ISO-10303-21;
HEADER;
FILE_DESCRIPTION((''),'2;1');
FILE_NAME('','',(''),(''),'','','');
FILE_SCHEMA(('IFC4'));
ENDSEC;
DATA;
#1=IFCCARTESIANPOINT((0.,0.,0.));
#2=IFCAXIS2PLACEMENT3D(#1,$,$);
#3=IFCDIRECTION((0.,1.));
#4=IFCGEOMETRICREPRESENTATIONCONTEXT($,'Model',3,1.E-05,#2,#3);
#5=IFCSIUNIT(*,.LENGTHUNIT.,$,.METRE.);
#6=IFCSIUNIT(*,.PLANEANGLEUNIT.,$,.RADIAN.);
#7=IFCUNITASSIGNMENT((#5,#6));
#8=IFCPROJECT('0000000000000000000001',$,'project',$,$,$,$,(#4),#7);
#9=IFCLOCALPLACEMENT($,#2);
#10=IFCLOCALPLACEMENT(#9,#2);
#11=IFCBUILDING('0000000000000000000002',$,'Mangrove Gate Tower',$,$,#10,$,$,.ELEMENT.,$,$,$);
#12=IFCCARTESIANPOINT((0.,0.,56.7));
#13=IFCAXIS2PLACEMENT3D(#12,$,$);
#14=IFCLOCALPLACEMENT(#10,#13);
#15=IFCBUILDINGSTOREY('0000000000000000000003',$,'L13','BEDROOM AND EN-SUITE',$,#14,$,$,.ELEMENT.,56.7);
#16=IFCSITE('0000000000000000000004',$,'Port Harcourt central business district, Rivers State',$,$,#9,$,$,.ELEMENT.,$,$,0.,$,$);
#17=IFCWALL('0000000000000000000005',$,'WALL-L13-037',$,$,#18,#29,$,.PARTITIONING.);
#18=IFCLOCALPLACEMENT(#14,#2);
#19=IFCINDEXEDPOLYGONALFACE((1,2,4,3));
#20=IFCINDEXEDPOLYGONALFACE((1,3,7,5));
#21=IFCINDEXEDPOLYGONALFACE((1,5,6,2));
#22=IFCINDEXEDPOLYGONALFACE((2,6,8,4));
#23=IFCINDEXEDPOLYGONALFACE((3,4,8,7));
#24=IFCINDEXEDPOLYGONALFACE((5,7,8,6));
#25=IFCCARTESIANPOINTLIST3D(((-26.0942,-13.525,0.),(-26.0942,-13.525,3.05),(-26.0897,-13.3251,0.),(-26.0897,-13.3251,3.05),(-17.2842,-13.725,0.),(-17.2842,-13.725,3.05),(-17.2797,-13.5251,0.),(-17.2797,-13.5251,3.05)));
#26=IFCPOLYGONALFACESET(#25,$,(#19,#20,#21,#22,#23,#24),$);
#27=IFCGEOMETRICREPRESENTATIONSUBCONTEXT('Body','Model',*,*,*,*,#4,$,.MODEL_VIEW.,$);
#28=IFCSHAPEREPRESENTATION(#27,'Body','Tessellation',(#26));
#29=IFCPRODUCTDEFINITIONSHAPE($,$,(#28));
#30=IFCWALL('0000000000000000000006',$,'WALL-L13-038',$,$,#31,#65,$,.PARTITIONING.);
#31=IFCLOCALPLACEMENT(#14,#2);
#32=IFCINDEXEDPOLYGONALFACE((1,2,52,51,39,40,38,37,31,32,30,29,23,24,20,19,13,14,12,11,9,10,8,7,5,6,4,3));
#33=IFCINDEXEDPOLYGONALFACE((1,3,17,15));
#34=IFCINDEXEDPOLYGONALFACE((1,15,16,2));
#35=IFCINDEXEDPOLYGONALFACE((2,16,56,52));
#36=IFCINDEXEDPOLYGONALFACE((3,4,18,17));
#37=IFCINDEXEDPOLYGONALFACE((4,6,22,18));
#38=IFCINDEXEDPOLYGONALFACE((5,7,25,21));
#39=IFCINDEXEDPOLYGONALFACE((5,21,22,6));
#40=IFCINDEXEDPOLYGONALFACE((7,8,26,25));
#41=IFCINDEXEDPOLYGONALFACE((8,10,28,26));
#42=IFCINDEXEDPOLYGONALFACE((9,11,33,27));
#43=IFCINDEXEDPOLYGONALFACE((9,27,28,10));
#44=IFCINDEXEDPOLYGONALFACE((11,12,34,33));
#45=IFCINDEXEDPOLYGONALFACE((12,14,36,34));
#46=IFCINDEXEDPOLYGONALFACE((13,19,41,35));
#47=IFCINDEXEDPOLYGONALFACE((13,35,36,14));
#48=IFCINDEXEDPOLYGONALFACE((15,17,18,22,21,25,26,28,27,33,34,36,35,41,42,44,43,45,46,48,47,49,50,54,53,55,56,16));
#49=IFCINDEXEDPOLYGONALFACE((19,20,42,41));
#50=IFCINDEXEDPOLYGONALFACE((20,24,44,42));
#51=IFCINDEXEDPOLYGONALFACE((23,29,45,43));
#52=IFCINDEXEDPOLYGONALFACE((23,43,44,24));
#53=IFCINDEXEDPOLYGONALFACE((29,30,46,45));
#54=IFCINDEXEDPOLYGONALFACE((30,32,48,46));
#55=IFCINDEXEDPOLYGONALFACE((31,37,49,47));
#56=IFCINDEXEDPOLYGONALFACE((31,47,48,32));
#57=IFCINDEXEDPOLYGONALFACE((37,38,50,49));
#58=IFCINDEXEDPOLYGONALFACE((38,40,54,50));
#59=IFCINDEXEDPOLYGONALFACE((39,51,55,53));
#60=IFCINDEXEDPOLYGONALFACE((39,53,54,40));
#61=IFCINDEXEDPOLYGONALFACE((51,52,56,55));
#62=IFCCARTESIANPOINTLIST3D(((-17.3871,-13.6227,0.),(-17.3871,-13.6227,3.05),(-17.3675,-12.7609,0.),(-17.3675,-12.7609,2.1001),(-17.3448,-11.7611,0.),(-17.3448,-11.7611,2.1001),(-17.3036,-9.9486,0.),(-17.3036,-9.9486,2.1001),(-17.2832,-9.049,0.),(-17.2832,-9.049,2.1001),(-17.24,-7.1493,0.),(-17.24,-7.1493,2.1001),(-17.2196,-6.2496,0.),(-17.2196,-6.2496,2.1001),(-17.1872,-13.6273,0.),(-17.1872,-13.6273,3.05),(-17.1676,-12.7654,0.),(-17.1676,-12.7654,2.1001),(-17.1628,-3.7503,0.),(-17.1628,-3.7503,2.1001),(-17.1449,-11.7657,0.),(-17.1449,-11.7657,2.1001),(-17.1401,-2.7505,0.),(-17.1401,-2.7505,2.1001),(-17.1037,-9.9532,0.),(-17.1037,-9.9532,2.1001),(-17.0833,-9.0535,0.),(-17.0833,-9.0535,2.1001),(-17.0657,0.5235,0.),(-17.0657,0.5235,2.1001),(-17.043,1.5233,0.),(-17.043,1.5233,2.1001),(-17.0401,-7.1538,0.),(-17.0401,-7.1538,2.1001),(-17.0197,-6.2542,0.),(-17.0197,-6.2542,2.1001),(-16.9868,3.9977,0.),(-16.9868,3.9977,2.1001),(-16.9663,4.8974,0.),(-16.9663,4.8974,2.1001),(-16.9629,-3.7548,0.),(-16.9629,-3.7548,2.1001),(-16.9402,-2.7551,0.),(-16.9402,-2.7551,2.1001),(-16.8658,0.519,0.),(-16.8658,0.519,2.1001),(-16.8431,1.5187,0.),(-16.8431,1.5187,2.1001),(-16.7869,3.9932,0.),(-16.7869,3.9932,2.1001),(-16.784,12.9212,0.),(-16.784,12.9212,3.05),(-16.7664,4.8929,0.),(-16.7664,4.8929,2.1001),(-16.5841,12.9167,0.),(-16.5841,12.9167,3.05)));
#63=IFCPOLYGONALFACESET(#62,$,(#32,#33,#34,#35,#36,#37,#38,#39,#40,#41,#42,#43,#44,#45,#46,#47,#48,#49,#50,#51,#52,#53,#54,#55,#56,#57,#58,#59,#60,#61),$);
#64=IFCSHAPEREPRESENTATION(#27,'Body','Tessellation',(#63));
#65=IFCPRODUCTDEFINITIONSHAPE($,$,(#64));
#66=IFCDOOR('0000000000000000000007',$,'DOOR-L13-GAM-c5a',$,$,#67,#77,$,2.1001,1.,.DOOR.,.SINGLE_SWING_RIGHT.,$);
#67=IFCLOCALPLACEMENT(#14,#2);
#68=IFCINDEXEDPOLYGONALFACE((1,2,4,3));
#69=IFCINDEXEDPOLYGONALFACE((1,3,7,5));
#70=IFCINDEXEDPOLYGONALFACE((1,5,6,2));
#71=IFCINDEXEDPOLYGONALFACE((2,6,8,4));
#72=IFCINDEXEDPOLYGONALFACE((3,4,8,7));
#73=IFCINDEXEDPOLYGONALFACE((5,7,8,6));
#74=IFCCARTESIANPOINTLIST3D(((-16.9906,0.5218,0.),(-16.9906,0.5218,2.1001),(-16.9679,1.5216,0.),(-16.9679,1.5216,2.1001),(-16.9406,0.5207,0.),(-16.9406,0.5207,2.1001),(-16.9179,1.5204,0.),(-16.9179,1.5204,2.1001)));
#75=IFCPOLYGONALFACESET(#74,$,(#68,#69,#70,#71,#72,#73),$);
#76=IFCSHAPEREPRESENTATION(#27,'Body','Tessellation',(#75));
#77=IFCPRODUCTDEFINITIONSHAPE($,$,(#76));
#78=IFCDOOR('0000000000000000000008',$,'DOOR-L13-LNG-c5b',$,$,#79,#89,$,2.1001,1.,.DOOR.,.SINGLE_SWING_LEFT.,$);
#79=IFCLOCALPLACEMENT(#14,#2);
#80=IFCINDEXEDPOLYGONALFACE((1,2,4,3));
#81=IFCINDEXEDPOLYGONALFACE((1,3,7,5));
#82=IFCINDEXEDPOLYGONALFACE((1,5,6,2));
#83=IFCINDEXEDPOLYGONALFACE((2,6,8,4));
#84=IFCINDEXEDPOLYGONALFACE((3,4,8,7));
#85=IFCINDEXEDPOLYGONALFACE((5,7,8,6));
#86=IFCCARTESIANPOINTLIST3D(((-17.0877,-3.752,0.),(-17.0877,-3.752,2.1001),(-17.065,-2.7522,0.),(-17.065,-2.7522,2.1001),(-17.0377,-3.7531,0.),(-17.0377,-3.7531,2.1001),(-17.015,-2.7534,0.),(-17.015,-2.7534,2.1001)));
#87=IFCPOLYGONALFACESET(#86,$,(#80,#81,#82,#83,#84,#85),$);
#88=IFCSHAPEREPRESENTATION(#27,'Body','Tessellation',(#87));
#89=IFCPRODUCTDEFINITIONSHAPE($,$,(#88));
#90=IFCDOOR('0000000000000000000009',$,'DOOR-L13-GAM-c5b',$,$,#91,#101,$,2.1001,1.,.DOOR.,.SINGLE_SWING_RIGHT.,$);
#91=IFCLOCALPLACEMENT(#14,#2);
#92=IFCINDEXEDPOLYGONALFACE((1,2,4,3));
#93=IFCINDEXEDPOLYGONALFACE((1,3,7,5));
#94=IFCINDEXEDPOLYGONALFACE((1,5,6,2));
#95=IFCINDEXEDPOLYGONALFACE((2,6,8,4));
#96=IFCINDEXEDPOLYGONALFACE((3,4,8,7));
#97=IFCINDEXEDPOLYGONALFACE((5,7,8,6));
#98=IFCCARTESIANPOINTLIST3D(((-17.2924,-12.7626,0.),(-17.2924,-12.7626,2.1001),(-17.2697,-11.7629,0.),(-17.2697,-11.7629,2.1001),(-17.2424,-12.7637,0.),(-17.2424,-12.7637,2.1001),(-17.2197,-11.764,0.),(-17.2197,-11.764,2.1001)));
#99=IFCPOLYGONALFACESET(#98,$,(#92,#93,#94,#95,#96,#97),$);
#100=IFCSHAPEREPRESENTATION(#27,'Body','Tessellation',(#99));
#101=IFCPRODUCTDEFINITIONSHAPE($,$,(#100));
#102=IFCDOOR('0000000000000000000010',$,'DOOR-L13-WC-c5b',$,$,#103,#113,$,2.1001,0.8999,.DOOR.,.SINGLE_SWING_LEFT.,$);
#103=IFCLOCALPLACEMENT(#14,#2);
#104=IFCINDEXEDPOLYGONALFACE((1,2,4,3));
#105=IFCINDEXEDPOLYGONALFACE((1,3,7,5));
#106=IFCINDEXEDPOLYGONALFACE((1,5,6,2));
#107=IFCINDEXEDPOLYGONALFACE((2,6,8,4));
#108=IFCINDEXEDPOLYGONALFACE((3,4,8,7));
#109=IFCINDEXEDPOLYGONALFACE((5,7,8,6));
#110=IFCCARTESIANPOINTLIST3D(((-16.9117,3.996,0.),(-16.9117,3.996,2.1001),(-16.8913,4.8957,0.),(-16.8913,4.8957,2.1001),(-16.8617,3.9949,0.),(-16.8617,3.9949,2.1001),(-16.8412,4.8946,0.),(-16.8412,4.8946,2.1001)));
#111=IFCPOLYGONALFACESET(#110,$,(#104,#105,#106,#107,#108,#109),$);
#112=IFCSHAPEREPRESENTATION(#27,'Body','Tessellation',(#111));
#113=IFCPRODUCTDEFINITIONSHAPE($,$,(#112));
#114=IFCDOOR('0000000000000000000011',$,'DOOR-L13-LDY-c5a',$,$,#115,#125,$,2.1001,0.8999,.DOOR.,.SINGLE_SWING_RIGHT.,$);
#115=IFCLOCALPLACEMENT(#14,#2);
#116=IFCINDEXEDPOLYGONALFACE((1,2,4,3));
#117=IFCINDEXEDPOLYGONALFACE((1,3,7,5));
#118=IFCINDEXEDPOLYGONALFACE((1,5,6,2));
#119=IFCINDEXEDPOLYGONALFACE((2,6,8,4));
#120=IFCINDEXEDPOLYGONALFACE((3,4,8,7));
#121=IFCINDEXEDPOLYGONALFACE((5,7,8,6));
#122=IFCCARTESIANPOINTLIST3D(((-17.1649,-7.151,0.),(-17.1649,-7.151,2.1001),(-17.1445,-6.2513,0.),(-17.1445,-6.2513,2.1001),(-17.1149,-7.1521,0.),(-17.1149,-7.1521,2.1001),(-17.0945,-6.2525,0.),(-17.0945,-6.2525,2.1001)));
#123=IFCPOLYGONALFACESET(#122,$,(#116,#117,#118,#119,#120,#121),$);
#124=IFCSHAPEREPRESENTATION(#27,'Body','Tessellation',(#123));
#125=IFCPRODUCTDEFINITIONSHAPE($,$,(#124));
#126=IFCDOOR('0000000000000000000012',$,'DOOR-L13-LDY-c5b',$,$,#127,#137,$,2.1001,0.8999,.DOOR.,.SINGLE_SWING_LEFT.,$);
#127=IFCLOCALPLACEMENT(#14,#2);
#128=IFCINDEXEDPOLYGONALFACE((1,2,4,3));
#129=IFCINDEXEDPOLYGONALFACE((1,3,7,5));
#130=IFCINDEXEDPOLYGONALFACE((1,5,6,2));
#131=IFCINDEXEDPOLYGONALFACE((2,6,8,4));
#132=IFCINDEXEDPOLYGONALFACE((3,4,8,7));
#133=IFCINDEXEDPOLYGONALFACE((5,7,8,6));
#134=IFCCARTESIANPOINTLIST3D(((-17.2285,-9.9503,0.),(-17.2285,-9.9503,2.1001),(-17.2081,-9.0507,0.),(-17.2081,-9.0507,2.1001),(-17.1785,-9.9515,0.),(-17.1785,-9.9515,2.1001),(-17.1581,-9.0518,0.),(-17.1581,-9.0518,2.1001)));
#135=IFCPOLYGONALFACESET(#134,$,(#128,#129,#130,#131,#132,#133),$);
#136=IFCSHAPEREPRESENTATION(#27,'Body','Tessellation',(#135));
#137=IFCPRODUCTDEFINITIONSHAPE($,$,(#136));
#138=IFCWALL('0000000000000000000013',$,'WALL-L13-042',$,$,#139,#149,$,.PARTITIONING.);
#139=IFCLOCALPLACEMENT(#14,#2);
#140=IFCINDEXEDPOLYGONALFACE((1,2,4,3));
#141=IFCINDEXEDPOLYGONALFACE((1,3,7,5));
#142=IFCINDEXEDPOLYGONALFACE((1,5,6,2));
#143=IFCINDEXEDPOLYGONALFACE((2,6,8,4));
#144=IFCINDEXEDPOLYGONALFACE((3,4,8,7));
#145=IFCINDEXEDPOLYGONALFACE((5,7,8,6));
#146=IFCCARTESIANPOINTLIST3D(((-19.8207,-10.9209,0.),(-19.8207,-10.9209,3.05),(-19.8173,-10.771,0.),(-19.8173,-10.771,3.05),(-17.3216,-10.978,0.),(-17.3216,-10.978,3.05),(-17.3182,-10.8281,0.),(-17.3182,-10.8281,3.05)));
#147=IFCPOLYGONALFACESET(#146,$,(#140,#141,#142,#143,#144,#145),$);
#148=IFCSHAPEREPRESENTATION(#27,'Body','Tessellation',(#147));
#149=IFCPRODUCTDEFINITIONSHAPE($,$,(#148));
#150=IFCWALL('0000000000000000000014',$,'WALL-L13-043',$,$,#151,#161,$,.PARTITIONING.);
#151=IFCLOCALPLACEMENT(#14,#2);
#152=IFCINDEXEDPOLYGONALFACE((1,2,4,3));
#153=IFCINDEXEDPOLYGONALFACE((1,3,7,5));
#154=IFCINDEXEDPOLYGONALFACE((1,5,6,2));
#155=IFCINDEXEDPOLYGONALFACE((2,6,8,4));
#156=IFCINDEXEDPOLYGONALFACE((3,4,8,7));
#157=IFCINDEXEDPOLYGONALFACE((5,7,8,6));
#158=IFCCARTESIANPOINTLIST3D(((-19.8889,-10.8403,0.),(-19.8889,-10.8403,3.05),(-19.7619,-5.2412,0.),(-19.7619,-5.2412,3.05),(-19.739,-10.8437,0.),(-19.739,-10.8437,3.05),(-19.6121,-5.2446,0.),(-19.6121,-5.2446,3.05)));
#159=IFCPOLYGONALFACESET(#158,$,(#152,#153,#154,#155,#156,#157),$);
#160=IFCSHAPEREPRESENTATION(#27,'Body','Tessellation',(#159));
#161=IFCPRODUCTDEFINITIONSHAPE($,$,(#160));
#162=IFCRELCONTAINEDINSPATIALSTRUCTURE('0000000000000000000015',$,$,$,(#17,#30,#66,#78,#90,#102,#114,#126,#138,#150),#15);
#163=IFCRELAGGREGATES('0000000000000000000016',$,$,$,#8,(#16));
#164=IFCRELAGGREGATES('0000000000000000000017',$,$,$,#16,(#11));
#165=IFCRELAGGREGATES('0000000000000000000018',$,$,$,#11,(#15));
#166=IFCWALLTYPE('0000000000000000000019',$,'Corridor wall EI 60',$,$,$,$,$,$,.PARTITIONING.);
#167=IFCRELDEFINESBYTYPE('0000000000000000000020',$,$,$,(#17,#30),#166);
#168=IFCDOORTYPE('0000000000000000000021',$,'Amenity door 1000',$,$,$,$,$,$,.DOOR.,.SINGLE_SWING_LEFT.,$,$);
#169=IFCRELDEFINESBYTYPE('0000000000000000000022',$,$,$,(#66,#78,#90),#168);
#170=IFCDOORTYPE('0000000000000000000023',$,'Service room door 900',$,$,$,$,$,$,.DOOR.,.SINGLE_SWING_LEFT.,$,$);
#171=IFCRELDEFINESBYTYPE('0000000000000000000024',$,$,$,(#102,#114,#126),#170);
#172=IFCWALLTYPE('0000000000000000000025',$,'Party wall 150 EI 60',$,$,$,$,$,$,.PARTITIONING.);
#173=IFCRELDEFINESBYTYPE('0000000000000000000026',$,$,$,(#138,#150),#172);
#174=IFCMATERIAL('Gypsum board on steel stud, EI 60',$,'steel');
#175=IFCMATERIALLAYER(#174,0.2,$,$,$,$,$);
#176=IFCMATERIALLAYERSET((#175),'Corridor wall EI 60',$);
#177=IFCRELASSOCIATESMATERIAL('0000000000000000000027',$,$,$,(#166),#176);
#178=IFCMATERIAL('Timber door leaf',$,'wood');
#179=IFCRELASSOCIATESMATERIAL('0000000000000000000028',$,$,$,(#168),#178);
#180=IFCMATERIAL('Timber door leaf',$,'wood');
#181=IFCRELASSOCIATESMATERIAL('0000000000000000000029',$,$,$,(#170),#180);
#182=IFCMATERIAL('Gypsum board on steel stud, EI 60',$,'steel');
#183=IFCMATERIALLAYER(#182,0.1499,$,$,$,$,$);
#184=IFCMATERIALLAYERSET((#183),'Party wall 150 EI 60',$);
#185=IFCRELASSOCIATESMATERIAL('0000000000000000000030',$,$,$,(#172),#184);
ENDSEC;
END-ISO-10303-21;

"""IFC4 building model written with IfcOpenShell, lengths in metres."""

from ifc_helpers import new_model, si_unit, direction, frame, frame_2d, origin, place, context, subcontext, project, spatial, rectangle, extrude, material, layer, layer_set, type_object, element, fill, save


model = new_model("IFC4")

# Units and contexts
model_context = context("Model", 3, precision=1e-05, world=origin(), true_north=direction((0.0, 1.0)))
body_context = subcontext(model_context, "Body", "Model", "MODEL_VIEW")
ifc_project = project(units=[si_unit("LENGTHUNIT", "METRE"), si_unit("PLANEANGLEUNIT", "RADIAN")], contexts=[model_context])

# Site, building, storey
site_placement = place(None, origin())
site = spatial("IfcSite", under=ifc_project, at=site_placement, Name="Port Harcourt central business district, Rivers State", CompositionType="ELEMENT", RefElevation=0.0)
building_placement = place(site_placement, origin())
building = spatial("IfcBuilding", under=site, at=building_placement, Name="Mangrove Gate Tower", CompositionType="ELEMENT")
storey_placement = place(building_placement, frame((0.0, 0.0, 56.7)))
storey = spatial("IfcBuildingStorey", under=building, at=storey_placement, Name="L13", Description="BEDROOM AND EN-SUITE", CompositionType="ELEMENT", Elevation=56.7)

# Wall
ifc_material_1 = material(Name="Gypsum board on steel stud, EI 60", Category="steel")
ifc_layer_1 = layer(ifc_material_1, 0.2)
ifc_layer_set_1 = layer_set([ifc_layer_1], Name="Corridor wall EI 60")
wall_type_1 = type_object("IfcWallType", Name="Corridor wall EI 60", PredefinedType="PARTITIONING", material=ifc_layer_set_1)
wall_1_placement = place(storey_placement, frame((-26.092, -13.425, 0.0), z_axis=(0.0, 0.0, 1.0), x_axis=(0.999743, -0.02269, 0.0)))
element("IfcWall", 1, at=wall_1_placement, inside=storey, type_object=wall_type_1, Name="WALL-L13-037", PredefinedType="PARTITIONING", context=body_context, shape_type="SweptSolid", body=[
    extrude(rectangle(XDim=8.8123, YDim=0.2, at=frame_2d((4.4062, 0.0))), origin(), (0.0, 0.0, 1.0), 3.05),
])

# Wall, openings, doors
wall_2_placement = place(storey_placement, frame((-17.2871, -13.625, 0.0), z_axis=(0.0, 0.0, 1.0), x_axis=(0.022712, 0.999742, 0.0)))
wall_2 = element("IfcWall", 2, at=wall_2_placement, inside=storey, type_object=wall_type_1, Name="WALL-L13-038", PredefinedType="PARTITIONING", context=body_context, shape_type="SweptSolid", body=[
    extrude(rectangle(XDim=26.5508, YDim=0.2, at=frame_2d((13.2754, 0.0))), origin(), (0.0, 0.0, 1.0), 3.05),
])
opening_1_placement = place(wall_2_placement, frame((14.1499, 0.0, 0.0)))
opening_1 = element("IfcOpeningElement", 3, at=opening_1_placement, cuts=wall_2, PredefinedType="OPENING", context=body_context, shape_type="SweptSolid", body=[
    extrude(rectangle(XDim=1.0, YDim=2.1001, at=frame_2d((0.5, 1.05))), frame((0.0, 0.1099, 0.0), z_axis=(0.0, -1.0, 0.0), x_axis=(1.0, 0.0, 0.0)), (0.0, 0.0, 1.0), 0.22),
])
opening_2_placement = place(wall_2_placement, frame((17.625, 0.0, 0.0)))
opening_2 = element("IfcOpeningElement", 4, at=opening_2_placement, cuts=wall_2, PredefinedType="OPENING", context=body_context, shape_type="SweptSolid", body=[
    extrude(rectangle(XDim=0.8999, YDim=2.1001, at=frame_2d((0.45, 1.05))), frame((0.0, 0.1099, 0.0), z_axis=(0.0, -1.0, 0.0), x_axis=(1.0, 0.0, 0.0)), (0.0, 0.0, 1.0), 0.22),
])
opening_3_placement = place(wall_2_placement, frame((9.875, 0.0, 0.0)))
opening_3 = element("IfcOpeningElement", 5, at=opening_3_placement, cuts=wall_2, PredefinedType="OPENING", context=body_context, shape_type="SweptSolid", body=[
    extrude(rectangle(XDim=1.0, YDim=2.1001, at=frame_2d((0.5, 1.05))), frame((0.0, 0.1099, 0.0), z_axis=(0.0, -1.0, 0.0), x_axis=(1.0, 0.0, 0.0)), (0.0, 0.0, 1.0), 0.22),
])
opening_4_placement = place(wall_2_placement, frame((6.4751, 0.0, 0.0)))
opening_4 = element("IfcOpeningElement", 6, at=opening_4_placement, cuts=wall_2, PredefinedType="OPENING", context=body_context, shape_type="SweptSolid", body=[
    extrude(rectangle(XDim=0.8999, YDim=2.1001, at=frame_2d((0.45, 1.05))), frame((0.0, 0.1099, 0.0), z_axis=(0.0, -1.0, 0.0), x_axis=(1.0, 0.0, 0.0)), (0.0, 0.0, 1.0), 0.22),
])
opening_5_placement = place(wall_2_placement, frame((0.8621, 0.0, 0.0)))
opening_5 = element("IfcOpeningElement", 7, at=opening_5_placement, cuts=wall_2, PredefinedType="OPENING", context=body_context, shape_type="SweptSolid", body=[
    extrude(rectangle(XDim=1.0, YDim=2.1001, at=frame_2d((0.5, 1.05))), frame((0.0, 0.1099, 0.0), z_axis=(0.0, -1.0, 0.0), x_axis=(1.0, 0.0, 0.0)), (0.0, 0.0, 1.0), 0.22),
])
opening_6_placement = place(wall_2_placement, frame((3.675, 0.0, 0.0)))
opening_6 = element("IfcOpeningElement", 8, at=opening_6_placement, cuts=wall_2, PredefinedType="OPENING", context=body_context, shape_type="SweptSolid", body=[
    extrude(rectangle(XDim=0.8999, YDim=2.1001, at=frame_2d((0.45, 1.05))), frame((0.0, 0.1099, 0.0), z_axis=(0.0, -1.0, 0.0), x_axis=(1.0, 0.0, 0.0)), (0.0, 0.0, 1.0), 0.22),
])
ifc_material_2 = material(Name="Timber door leaf", Category="wood")
door_type_1 = type_object("IfcDoorType", Name="Amenity door 1000", OperationType="SINGLE_SWING_LEFT", PredefinedType="DOOR", material=ifc_material_2)
door_1_placement = place(opening_1_placement, origin())
door_1 = element("IfcDoor", 9, at=door_1_placement, inside=storey, type_object=door_type_1, Name="DOOR-L13-GAM-c5a", OperationType="SINGLE_SWING_RIGHT", OverallHeight=2.1001, OverallWidth=1.0, PredefinedType="DOOR", context=body_context, shape_type="SweptSolid", body=[
    extrude(rectangle(XDim=1.0, YDim=2.1001, at=frame_2d((0.5, 1.05))), frame((0.0, 0.0249, 0.0), z_axis=(0.0, -1.0, 0.0), x_axis=(1.0, 0.0, 0.0)), (0.0, 0.0, 1.0), 0.05),
])
fill(opening_1, door_1)
door_2_placement = place(opening_3_placement, origin())
door_2 = element("IfcDoor", 10, at=door_2_placement, inside=storey, type_object=door_type_1, Name="DOOR-L13-LNG-c5b", OperationType="SINGLE_SWING_LEFT", OverallHeight=2.1001, OverallWidth=1.0, PredefinedType="DOOR", context=body_context, shape_type="SweptSolid", body=[
    extrude(rectangle(XDim=1.0, YDim=2.1001, at=frame_2d((0.5, 1.05))), frame((0.0, 0.0249, 0.0), z_axis=(0.0, -1.0, 0.0), x_axis=(1.0, 0.0, 0.0)), (0.0, 0.0, 1.0), 0.05),
])
fill(opening_3, door_2)
door_3_placement = place(opening_5_placement, origin())
door_3 = element("IfcDoor", 11, at=door_3_placement, inside=storey, type_object=door_type_1, Name="DOOR-L13-GAM-c5b", OperationType="SINGLE_SWING_RIGHT", OverallHeight=2.1001, OverallWidth=1.0, PredefinedType="DOOR", context=body_context, shape_type="SweptSolid", body=[
    extrude(rectangle(XDim=1.0, YDim=2.1001, at=frame_2d((0.5, 1.05))), frame((0.0, 0.0249, 0.0), z_axis=(0.0, -1.0, 0.0), x_axis=(1.0, 0.0, 0.0)), (0.0, 0.0, 1.0), 0.05),
])
fill(opening_5, door_3)
ifc_material_3 = material(Name="Timber door leaf", Category="wood")
door_type_2 = type_object("IfcDoorType", Name="Service room door 900", OperationType="SINGLE_SWING_LEFT", PredefinedType="DOOR", material=ifc_material_3)
door_4_placement = place(opening_2_placement, origin())
door_4 = element("IfcDoor", 12, at=door_4_placement, inside=storey, type_object=door_type_2, Name="DOOR-L13-WC-c5b", OperationType="SINGLE_SWING_LEFT", OverallHeight=2.1001, OverallWidth=0.8999, PredefinedType="DOOR", context=body_context, shape_type="SweptSolid", body=[
    extrude(rectangle(XDim=0.8999, YDim=2.1001, at=frame_2d((0.45, 1.05))), frame((0.0, 0.0249, 0.0), z_axis=(0.0, -1.0, 0.0), x_axis=(1.0, 0.0, 0.0)), (0.0, 0.0, 1.0), 0.05),
])
fill(opening_2, door_4)
door_5_placement = place(opening_4_placement, origin())
door_5 = element("IfcDoor", 13, at=door_5_placement, inside=storey, type_object=door_type_2, Name="DOOR-L13-LDY-c5a", OperationType="SINGLE_SWING_RIGHT", OverallHeight=2.1001, OverallWidth=0.8999, PredefinedType="DOOR", context=body_context, shape_type="SweptSolid", body=[
    extrude(rectangle(XDim=0.8999, YDim=2.1001, at=frame_2d((0.45, 1.05))), frame((0.0, 0.0249, 0.0), z_axis=(0.0, -1.0, 0.0), x_axis=(1.0, 0.0, 0.0)), (0.0, 0.0, 1.0), 0.05),
])
fill(opening_4, door_5)
door_6_placement = place(opening_6_placement, origin())
door_6 = element("IfcDoor", 14, at=door_6_placement, inside=storey, type_object=door_type_2, Name="DOOR-L13-LDY-c5b", OperationType="SINGLE_SWING_LEFT", OverallHeight=2.1001, OverallWidth=0.8999, PredefinedType="DOOR", context=body_context, shape_type="SweptSolid", body=[
    extrude(rectangle(XDim=0.8999, YDim=2.1001, at=frame_2d((0.45, 1.05))), frame((0.0, 0.0249, 0.0), z_axis=(0.0, -1.0, 0.0), x_axis=(1.0, 0.0, 0.0)), (0.0, 0.0, 1.0), 0.05),
])
fill(opening_6, door_6)

# Walls
ifc_material_4 = material(Name="Gypsum board on steel stud, EI 60", Category="steel")
ifc_layer_2 = layer(ifc_material_4, 0.1499)
ifc_layer_set_2 = layer_set([ifc_layer_2], Name="Party wall 150 EI 60")
wall_type_2 = type_object("IfcWallType", Name="Party wall 150 EI 60", PredefinedType="PARTITIONING", material=ifc_layer_set_2)
wall_3_placement = place(storey_placement, frame((-19.8191, -10.8459, 0.0), z_axis=(0.0, 0.0, 1.0), x_axis=(0.999739, -0.022855, 0.0)))
element("IfcWall", 15, at=wall_3_placement, inside=storey, type_object=wall_type_2, Name="WALL-L13-042", PredefinedType="PARTITIONING", context=body_context, shape_type="SweptSolid", body=[
    extrude(rectangle(XDim=2.4998, YDim=0.1499, at=frame_2d((1.25, 0.0))), origin(), (0.0, 0.0, 1.0), 3.05),
])
wall_4_placement = place(storey_placement, frame((-19.814, -10.842, 0.0), z_axis=(0.0, 0.0, 1.0), x_axis=(0.022668, 0.999743, 0.0)))
element("IfcWall", 16, at=wall_4_placement, inside=storey, type_object=wall_type_2, Name="WALL-L13-043", PredefinedType="PARTITIONING", context=body_context, shape_type="SweptSolid", body=[
    extrude(rectangle(XDim=5.6006, YDim=0.1499, at=frame_2d((2.8003, 0.0))), origin(), (0.0, 0.0, 1.0), 3.05),
])

save(model, "model.ifc")
